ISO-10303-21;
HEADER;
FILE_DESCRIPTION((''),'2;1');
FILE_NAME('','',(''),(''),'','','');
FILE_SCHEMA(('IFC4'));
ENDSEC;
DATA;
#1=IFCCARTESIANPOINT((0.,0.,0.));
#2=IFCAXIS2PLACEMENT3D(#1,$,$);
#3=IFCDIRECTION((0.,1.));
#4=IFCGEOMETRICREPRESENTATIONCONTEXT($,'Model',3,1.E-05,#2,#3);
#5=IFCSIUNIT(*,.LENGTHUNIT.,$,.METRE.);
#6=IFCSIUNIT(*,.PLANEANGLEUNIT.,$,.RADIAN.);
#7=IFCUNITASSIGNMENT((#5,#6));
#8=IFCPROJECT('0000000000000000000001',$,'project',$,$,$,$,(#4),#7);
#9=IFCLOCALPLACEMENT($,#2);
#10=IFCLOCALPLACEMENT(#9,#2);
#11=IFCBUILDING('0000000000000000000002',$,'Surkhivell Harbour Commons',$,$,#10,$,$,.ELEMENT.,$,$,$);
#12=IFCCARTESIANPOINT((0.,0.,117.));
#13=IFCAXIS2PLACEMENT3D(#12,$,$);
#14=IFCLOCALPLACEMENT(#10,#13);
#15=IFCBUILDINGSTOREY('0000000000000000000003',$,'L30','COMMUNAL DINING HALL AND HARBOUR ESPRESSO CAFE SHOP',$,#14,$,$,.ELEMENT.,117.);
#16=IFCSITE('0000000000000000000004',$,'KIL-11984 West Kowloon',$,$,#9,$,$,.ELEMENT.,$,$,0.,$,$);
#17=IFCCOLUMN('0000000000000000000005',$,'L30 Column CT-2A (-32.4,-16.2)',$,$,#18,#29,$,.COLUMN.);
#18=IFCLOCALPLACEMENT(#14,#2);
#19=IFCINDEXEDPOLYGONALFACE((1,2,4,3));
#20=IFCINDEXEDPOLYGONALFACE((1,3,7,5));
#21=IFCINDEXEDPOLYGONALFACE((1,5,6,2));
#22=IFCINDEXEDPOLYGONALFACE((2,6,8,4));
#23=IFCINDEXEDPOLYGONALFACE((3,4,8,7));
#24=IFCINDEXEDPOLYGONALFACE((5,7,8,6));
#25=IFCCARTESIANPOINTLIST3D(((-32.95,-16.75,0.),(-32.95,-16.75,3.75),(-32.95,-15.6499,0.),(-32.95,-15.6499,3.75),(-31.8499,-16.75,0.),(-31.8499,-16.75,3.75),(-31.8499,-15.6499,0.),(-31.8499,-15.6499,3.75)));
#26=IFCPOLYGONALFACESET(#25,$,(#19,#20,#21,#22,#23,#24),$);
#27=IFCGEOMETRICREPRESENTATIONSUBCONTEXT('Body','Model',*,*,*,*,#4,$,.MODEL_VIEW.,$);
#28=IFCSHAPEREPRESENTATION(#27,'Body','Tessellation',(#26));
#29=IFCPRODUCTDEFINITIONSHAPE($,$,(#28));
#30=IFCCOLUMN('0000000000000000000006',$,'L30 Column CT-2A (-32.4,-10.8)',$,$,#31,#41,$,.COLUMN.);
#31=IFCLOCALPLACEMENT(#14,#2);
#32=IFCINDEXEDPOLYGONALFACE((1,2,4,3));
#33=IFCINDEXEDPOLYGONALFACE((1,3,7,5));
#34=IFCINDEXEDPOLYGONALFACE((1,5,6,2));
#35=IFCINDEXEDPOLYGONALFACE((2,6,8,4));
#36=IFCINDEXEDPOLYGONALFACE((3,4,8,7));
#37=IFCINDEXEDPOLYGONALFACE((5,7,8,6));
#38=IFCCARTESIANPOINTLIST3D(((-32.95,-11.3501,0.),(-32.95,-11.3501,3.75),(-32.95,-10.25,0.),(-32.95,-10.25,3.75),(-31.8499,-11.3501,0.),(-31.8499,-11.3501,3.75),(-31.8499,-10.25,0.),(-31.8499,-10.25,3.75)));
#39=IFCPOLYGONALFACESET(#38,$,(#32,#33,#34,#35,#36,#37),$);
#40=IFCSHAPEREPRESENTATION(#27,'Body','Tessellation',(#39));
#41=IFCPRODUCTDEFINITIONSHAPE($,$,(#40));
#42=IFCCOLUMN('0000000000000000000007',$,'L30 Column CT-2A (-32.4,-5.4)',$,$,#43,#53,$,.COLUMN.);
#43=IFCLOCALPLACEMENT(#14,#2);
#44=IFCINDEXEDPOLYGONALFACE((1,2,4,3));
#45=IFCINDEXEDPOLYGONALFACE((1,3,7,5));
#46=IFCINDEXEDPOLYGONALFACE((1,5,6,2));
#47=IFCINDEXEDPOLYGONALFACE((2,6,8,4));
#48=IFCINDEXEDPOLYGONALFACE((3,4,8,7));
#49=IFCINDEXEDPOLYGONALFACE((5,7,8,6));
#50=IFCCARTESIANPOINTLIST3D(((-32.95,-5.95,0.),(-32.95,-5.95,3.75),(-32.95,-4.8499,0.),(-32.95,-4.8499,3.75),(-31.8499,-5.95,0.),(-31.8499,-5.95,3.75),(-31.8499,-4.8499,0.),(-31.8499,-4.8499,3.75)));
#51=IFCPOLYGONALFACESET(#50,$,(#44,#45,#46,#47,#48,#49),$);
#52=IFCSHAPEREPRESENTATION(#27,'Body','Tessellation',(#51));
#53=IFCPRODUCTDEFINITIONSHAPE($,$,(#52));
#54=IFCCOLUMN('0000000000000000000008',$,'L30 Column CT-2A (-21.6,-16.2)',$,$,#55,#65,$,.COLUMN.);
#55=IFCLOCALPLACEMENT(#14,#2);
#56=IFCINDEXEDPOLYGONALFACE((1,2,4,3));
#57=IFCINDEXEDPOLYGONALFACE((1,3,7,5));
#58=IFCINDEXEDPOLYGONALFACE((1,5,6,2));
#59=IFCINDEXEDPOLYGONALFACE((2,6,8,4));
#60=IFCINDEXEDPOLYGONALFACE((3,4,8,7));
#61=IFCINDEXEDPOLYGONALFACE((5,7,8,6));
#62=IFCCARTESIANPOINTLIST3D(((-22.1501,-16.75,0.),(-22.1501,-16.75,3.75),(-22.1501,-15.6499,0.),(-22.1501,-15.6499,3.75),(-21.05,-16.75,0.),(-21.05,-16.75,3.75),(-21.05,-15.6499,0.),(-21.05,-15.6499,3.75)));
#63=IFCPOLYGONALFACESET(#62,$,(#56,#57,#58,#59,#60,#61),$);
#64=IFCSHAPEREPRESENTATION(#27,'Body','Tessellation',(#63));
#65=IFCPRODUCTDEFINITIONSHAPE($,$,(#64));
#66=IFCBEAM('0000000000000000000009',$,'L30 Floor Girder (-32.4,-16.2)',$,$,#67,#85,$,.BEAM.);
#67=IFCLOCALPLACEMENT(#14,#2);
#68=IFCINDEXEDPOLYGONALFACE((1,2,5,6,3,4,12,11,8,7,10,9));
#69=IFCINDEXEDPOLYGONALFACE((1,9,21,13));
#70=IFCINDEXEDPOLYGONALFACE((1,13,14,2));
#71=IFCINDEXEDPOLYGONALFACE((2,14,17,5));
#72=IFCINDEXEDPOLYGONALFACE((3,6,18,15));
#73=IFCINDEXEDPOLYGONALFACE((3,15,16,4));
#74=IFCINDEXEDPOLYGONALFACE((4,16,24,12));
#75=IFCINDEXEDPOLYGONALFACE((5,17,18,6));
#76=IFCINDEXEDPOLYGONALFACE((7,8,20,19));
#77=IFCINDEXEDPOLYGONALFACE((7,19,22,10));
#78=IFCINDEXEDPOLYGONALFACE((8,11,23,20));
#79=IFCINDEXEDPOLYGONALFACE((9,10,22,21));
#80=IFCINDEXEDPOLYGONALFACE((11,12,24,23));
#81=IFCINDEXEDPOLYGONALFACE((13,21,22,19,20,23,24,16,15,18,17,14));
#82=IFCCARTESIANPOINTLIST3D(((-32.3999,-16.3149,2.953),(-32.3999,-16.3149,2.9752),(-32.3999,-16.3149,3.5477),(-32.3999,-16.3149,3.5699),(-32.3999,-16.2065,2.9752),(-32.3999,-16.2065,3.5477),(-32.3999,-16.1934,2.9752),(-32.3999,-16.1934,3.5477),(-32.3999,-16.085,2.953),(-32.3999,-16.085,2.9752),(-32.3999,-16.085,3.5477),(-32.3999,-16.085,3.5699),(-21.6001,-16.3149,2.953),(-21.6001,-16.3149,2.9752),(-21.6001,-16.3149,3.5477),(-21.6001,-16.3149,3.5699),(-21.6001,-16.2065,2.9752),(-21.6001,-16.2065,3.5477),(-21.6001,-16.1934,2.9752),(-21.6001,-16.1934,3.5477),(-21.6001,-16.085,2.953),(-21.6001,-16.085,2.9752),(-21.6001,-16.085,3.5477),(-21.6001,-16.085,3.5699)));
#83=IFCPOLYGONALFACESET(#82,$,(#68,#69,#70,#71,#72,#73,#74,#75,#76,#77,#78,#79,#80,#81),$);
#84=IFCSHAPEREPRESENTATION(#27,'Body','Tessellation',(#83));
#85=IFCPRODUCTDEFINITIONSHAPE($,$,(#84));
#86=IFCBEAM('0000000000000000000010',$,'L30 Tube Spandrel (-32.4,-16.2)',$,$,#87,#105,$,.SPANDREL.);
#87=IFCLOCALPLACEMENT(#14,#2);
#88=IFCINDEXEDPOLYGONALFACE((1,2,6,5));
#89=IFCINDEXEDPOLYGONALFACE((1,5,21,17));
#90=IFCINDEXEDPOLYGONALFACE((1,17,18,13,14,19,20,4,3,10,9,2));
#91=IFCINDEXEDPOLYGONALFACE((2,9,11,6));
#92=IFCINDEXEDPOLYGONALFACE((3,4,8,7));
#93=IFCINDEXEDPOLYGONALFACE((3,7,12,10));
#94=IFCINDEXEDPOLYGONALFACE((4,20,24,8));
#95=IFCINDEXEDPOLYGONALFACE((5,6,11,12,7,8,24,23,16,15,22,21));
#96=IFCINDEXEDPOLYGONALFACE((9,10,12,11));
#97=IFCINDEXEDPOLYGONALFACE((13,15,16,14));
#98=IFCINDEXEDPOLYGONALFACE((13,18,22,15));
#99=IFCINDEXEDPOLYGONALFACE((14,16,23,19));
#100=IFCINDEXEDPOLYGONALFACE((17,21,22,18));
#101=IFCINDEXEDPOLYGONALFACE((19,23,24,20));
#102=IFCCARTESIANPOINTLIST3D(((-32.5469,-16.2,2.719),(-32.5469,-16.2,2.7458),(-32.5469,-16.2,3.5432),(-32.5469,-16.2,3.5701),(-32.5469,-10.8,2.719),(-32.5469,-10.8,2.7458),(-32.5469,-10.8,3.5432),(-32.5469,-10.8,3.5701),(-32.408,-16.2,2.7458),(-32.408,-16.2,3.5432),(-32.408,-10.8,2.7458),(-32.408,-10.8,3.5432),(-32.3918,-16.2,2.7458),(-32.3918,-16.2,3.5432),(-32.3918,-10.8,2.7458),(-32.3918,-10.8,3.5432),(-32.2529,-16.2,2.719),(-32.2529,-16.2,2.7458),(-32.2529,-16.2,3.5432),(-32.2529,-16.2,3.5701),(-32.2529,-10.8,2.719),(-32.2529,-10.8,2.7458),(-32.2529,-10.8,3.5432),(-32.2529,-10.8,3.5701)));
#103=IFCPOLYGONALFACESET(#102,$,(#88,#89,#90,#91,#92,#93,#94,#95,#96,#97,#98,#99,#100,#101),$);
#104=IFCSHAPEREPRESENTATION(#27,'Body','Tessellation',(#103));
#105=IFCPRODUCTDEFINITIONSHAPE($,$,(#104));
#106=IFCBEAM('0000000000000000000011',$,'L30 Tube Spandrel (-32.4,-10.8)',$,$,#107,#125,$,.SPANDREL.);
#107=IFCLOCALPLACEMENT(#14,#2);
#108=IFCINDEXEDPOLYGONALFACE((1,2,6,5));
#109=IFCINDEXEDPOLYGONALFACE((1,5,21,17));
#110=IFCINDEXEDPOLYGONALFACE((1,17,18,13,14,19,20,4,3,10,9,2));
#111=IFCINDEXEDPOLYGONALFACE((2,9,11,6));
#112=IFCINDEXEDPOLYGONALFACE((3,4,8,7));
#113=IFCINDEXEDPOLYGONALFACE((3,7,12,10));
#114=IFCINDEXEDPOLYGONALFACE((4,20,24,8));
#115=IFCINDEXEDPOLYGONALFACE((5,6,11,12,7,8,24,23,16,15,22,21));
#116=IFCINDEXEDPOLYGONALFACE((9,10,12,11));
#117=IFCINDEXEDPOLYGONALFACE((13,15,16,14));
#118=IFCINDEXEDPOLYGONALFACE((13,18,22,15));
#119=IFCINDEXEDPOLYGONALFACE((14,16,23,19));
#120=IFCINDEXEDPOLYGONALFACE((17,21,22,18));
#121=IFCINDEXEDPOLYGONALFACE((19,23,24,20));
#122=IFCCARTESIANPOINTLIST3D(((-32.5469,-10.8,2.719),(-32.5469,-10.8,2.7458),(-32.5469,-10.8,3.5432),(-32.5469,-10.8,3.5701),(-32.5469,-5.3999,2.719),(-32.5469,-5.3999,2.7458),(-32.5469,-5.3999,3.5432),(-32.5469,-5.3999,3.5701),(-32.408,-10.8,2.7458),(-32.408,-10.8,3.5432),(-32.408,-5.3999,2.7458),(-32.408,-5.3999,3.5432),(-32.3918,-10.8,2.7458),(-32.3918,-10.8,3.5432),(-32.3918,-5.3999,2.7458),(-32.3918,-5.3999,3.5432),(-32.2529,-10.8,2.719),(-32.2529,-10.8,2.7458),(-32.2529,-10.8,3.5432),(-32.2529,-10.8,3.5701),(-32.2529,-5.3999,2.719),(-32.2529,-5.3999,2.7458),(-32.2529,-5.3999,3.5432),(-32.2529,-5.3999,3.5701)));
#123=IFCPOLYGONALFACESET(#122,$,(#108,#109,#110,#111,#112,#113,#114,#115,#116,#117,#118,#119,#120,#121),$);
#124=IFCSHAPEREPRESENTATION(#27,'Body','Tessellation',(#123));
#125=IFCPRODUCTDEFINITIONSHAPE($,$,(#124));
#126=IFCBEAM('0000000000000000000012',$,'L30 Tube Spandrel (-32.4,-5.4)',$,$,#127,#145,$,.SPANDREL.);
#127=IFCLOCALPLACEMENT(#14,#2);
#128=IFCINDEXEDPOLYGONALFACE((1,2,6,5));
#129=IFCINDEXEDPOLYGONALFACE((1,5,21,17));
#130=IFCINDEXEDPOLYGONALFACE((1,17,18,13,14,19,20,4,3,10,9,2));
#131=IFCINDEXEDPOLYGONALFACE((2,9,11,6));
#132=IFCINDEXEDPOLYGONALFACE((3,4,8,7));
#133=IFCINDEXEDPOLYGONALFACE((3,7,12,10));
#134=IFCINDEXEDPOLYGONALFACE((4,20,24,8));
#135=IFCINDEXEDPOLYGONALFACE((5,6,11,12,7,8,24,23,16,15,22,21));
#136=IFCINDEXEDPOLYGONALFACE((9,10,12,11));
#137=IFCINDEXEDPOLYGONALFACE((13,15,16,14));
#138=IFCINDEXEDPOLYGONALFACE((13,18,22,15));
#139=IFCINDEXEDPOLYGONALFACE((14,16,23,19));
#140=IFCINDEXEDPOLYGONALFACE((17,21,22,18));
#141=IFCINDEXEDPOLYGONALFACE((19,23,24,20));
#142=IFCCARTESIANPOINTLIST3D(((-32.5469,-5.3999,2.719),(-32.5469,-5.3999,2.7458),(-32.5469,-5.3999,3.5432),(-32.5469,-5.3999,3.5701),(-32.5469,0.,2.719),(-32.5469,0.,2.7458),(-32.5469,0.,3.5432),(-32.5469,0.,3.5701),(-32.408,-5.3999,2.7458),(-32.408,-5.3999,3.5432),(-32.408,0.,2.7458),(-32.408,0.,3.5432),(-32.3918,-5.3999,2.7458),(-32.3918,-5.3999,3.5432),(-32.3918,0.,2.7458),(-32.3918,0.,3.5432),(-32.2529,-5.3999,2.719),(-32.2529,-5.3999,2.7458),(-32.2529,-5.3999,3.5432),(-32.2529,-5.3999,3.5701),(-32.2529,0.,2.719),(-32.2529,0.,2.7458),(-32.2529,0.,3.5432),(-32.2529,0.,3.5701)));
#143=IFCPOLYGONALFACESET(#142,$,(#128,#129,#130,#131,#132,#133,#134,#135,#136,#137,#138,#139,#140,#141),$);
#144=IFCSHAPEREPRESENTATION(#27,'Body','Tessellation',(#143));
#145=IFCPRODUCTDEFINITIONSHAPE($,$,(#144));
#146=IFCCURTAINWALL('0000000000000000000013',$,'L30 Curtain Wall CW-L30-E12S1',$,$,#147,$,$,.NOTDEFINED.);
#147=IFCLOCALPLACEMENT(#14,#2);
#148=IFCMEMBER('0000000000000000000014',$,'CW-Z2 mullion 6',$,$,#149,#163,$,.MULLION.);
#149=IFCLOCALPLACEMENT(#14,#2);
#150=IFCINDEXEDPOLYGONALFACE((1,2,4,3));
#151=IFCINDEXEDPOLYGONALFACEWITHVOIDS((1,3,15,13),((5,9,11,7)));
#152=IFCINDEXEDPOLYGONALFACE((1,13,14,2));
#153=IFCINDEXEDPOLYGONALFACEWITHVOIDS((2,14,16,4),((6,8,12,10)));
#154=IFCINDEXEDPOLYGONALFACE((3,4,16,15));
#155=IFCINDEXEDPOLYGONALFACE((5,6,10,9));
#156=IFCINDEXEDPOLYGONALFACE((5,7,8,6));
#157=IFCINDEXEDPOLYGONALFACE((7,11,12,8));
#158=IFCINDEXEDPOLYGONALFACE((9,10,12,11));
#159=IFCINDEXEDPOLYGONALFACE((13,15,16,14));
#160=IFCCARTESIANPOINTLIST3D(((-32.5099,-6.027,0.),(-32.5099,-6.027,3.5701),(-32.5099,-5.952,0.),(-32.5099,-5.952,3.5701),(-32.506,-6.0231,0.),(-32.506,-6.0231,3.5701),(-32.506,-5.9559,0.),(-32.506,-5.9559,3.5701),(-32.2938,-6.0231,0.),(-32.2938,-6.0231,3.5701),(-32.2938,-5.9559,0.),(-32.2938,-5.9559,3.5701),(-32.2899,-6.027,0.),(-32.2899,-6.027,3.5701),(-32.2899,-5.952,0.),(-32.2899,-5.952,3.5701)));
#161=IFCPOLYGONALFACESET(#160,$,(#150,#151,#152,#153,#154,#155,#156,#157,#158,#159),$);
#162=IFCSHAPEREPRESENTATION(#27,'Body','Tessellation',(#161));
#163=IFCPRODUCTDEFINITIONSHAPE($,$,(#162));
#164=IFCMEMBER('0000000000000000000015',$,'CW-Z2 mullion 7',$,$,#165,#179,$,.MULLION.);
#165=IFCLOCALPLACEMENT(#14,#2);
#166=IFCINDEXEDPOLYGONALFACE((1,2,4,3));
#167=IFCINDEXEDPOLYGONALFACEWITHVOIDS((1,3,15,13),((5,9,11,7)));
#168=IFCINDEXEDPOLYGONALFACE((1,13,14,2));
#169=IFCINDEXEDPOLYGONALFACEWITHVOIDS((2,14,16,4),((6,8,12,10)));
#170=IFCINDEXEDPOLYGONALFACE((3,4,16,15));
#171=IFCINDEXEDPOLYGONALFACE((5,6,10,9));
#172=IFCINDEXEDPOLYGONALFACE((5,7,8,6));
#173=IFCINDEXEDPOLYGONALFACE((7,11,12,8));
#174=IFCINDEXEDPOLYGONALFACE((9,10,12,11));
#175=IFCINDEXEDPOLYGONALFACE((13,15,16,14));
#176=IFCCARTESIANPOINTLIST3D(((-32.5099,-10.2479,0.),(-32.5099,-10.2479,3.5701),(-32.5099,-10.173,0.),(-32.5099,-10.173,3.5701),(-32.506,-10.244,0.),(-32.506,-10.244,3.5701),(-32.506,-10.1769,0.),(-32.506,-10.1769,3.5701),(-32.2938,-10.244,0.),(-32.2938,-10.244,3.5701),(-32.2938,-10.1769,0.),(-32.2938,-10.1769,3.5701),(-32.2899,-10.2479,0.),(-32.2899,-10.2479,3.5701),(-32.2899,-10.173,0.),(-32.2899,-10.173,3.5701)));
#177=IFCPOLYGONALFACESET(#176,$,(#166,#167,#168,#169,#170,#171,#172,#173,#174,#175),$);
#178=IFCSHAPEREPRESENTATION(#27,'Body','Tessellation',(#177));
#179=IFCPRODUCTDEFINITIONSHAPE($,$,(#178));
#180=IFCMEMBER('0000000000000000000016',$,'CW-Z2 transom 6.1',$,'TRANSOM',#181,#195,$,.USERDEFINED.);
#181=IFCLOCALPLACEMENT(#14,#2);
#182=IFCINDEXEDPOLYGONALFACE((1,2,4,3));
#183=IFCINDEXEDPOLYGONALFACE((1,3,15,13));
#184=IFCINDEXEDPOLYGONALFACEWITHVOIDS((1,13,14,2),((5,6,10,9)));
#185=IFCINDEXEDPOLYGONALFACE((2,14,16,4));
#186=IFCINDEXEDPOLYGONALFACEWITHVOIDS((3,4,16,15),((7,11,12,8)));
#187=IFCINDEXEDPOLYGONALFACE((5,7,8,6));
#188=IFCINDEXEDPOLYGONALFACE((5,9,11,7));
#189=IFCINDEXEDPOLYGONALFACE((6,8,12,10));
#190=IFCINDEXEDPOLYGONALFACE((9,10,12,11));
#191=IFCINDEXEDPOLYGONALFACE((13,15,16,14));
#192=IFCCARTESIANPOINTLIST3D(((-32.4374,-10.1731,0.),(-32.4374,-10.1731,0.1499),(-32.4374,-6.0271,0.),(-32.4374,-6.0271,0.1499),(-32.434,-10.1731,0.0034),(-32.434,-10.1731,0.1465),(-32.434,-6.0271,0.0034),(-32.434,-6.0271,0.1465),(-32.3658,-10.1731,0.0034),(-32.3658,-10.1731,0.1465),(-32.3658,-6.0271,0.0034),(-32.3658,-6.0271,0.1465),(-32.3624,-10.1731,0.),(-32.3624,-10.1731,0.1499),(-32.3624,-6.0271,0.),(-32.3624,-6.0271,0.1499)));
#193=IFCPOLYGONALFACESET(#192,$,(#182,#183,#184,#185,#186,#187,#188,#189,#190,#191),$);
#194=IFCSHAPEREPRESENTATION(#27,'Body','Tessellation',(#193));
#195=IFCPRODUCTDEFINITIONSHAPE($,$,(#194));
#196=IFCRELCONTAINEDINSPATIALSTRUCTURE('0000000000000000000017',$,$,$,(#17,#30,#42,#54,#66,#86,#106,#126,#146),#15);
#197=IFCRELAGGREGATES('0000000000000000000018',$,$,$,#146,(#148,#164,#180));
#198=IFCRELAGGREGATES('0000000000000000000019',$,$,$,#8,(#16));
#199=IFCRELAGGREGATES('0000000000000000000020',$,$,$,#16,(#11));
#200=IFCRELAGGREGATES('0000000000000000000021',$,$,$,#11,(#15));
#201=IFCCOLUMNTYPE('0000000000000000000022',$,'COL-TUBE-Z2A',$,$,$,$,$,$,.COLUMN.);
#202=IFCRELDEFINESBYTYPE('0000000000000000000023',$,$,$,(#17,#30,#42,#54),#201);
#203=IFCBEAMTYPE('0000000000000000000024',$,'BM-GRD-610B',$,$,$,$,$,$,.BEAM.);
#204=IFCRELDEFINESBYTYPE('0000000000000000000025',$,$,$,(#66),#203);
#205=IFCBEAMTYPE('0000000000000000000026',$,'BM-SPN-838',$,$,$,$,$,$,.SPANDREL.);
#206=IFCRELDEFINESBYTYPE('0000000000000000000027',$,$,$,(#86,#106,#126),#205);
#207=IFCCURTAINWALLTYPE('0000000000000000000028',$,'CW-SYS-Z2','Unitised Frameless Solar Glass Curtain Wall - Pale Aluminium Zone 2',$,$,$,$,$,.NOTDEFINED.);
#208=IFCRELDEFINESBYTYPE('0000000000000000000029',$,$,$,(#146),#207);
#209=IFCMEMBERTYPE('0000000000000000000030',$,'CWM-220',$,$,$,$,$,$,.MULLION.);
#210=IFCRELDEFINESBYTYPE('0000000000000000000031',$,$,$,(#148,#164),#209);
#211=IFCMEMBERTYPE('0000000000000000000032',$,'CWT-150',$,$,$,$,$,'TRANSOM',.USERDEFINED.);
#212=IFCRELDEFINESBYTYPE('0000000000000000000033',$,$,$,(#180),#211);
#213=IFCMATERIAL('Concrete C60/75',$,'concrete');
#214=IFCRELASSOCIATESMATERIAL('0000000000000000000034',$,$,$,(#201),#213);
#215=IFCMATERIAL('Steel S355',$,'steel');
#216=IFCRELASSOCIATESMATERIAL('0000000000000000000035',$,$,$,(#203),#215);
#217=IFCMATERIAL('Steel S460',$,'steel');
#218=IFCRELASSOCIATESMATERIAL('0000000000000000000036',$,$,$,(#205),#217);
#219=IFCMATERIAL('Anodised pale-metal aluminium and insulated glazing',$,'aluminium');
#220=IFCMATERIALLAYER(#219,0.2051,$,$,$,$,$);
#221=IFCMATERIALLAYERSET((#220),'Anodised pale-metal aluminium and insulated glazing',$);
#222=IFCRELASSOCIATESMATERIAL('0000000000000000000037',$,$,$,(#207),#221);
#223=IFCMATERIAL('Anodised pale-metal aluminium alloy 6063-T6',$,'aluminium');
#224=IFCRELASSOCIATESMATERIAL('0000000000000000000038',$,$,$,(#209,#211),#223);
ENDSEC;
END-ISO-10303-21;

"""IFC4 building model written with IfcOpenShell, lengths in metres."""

from ifc_helpers import new_model, si_unit, direction, frame, origin, origin_2d, place, context, subcontext, project, spatial, rectangle, hollow_rectangle, i_section, extrude, material, layer, layer_set, material_profile, profile_set, type_object, element, aggregate, save


model = new_model("IFC4")

# Units and contexts
model_context = context("Model", 3, precision=1e-05, world=origin(), true_north=direction((0.0, 1.0)))
body_context = subcontext(model_context, "Body", "Model", "MODEL_VIEW")
ifc_project = project(units=[si_unit("LENGTHUNIT", "METRE"), si_unit("PLANEANGLEUNIT", "RADIAN")], contexts=[model_context])

# Site, building, storey
site_placement = place(None, origin())
site = spatial("IfcSite", under=ifc_project, at=site_placement, Name="KIL-11984 West Kowloon", CompositionType="ELEMENT", RefElevation=0.0)
building_placement = place(site_placement, origin())
building = spatial("IfcBuilding", under=site, at=building_placement, Name="Surkhivell Harbour Commons", CompositionType="ELEMENT")
storey_placement = place(building_placement, frame((0.0, 0.0, 117.0)))
storey = spatial("IfcBuildingStorey", under=building, at=storey_placement, Name="L30", Description="COMMUNAL DINING HALL AND HARBOUR ESPRESSO CAFE SHOP", CompositionType="ELEMENT", Elevation=117.0)

# Columns
ifc_material_1 = material(Name="Concrete C60/75", Category="concrete")
ifc_material_profile_1 = material_profile(ifc_material_1, rectangle(XDim=1.1001, YDim=1.1001, at=origin_2d()), Name="RC-COL-1100x1100")
ifc_profile_set_1 = profile_set([ifc_material_profile_1], Name="Concrete C60/75")
column_type = type_object("IfcColumnType", Name="COL-TUBE-Z2A", PredefinedType="COLUMN", material=ifc_profile_set_1)
for number, where, z_axis, x_axis, name in (
    (1, (-32.3999, -16.2, 0.0), (0.0, 0.0, 1.0), (1.0, 0.0, 0.0), "L30 Column CT-2A (-32.4,-16.2)"),
    (2, (-32.3999, -10.8, 0.0), (0.0, 0.0, 1.0), (1.0, 0.0, 0.0), "L30 Column CT-2A (-32.4,-10.8)"),
    (3, (-32.3999, -5.3999, 0.0), (0.0, 0.0, 1.0), (1.0, 0.0, 0.0), "L30 Column CT-2A (-32.4,-5.4)"),
    (4, (-21.6001, -16.2, 0.0), (0.0, 0.0, 1.0), (1.0, 0.0, 0.0), "L30 Column CT-2A (-21.6,-16.2)"),
):
    element("IfcColumn", number, at=place(storey_placement, frame(where, z_axis=z_axis, x_axis=x_axis)), inside=storey, type_object=column_type, Name=name, PredefinedType="COLUMN", context=body_context, shape_type="SweptSolid", body=[
        extrude(rectangle(XDim=1.1001, YDim=1.1001, at=origin_2d()), origin(), (0.0, 0.0, 1.0), 3.75),
    ])

# Beams
ifc_material_2 = material(Name="Steel S355", Category="steel")
ifc_material_profile_2 = material_profile(ifc_material_2, i_section(OverallWidth=0.23, OverallDepth=0.6169, WebThickness=0.0132, FlangeThickness=0.0222, at=origin_2d()), Name="UB610x229x140")
ifc_profile_set_2 = profile_set([ifc_material_profile_2], Name="Steel S355")
beam_type_1 = type_object("IfcBeamType", Name="BM-GRD-610B", PredefinedType="BEAM", material=ifc_profile_set_2)
beam_1_placement = place(storey_placement, frame((-32.3999, -16.2, 3.2615), z_axis=(1.0, 0.0, 0.0), x_axis=(0.0, 1.0, 0.0)))
element("IfcBeam", 5, at=beam_1_placement, inside=storey, type_object=beam_type_1, Name="L30 Floor Girder (-32.4,-16.2)", PredefinedType="BEAM", context=body_context, shape_type="SweptSolid", body=[
    extrude(i_section(OverallWidth=0.23, OverallDepth=0.6169, WebThickness=0.0132, FlangeThickness=0.0222, at=origin_2d()), origin(), (0.0, 0.0, 1.0), 10.7998),
])
ifc_material_3 = material(Name="Steel S460", Category="steel")
ifc_material_profile_3 = material_profile(ifc_material_3, i_section(OverallWidth=0.2939, OverallDepth=0.8511, WebThickness=0.0161, FlangeThickness=0.0269, at=origin_2d()), Name="UB838x292x226")
ifc_profile_set_3 = profile_set([ifc_material_profile_3], Name="Steel S460")
beam_type_2 = type_object("IfcBeamType", Name="BM-SPN-838", PredefinedType="SPANDREL", material=ifc_profile_set_3)
beam_2_placement = place(storey_placement, frame((-32.3999, -16.2, 3.1445), z_axis=(0.0, 1.0, 0.0), x_axis=(-1.0, 0.0, 0.0)))
element("IfcBeam", 6, at=beam_2_placement, inside=storey, type_object=beam_type_2, Name="L30 Tube Spandrel (-32.4,-16.2)", PredefinedType="SPANDREL", context=body_context, shape_type="SweptSolid", body=[
    extrude(i_section(OverallWidth=0.2939, OverallDepth=0.8511, WebThickness=0.0161, FlangeThickness=0.0269, at=origin_2d()), origin(), (0.0, 0.0, 1.0), 5.3999),
])
beam_3_placement = place(storey_placement, frame((-32.3999, -10.8, 3.1445), z_axis=(0.0, 1.0, 0.0), x_axis=(-1.0, 0.0, 0.0)))
element("IfcBeam", 7, at=beam_3_placement, inside=storey, type_object=beam_type_2, Name="L30 Tube Spandrel (-32.4,-10.8)", PredefinedType="SPANDREL", context=body_context, shape_type="SweptSolid", body=[
    extrude(i_section(OverallWidth=0.2939, OverallDepth=0.8511, WebThickness=0.0161, FlangeThickness=0.0269, at=origin_2d()), origin(), (0.0, 0.0, 1.0), 5.4001),
])
beam_4_placement = place(storey_placement, frame((-32.3999, -5.3999, 3.1445), z_axis=(0.0, 1.0, 0.0), x_axis=(-1.0, 0.0, 0.0)))
element("IfcBeam", 8, at=beam_4_placement, inside=storey, type_object=beam_type_2, Name="L30 Tube Spandrel (-32.4,-5.4)", PredefinedType="SPANDREL", context=body_context, shape_type="SweptSolid", body=[
    extrude(i_section(OverallWidth=0.2939, OverallDepth=0.8511, WebThickness=0.0161, FlangeThickness=0.0269, at=origin_2d()), origin(), (0.0, 0.0, 1.0), 5.3999),
])

# Curtain wall, members
ifc_material_4 = material(Name="Anodised pale-metal aluminium and insulated glazing", Category="aluminium")
ifc_layer_1 = layer(ifc_material_4, 0.2051)
ifc_layer_set_1 = layer_set([ifc_layer_1], Name="Anodised pale-metal aluminium and insulated glazing")
curtain_wall_type = type_object("IfcCurtainWallType", Name="CW-SYS-Z2", Description="Unitised Frameless Solar Glass Curtain Wall - Pale Aluminium Zone 2", PredefinedType="NOTDEFINED", material=ifc_layer_set_1)
curtain_wall_placement = place(storey_placement, origin())
curtain_wall = element("IfcCurtainWall", 9, at=curtain_wall_placement, inside=storey, type_object=curtain_wall_type, Name="L30 Curtain Wall CW-L30-E12S1", PredefinedType="NOTDEFINED")
ifc_material_5 = material(Name="Anodised pale-metal aluminium alloy 6063-T6", Category="aluminium")
ifc_material_profile_4 = material_profile(ifc_material_5, hollow_rectangle(XDim=0.075, YDim=0.22, WallThickness=0.0039, at=origin_2d()), Name="ALU-MULL-75x220")
ifc_profile_set_4 = profile_set([ifc_material_profile_4], Name="Anodised pale-metal aluminium alloy 6063-T6")
member_type_1 = type_object("IfcMemberType", Name="CWM-220", PredefinedType="MULLION", material=ifc_profile_set_4)
member_1_placement = place(storey_placement, frame((-32.3999, -5.9895, 0.0), z_axis=(0.0, 0.0, 1.0), x_axis=(0.0, -1.0, 0.0)))
member_1 = element("IfcMember", 10, at=member_1_placement, type_object=member_type_1, Name="CW-Z2 mullion 6", PredefinedType="MULLION", context=body_context, shape_type="SweptSolid", body=[
    extrude(hollow_rectangle(XDim=0.075, YDim=0.22, WallThickness=0.0039, at=origin_2d()), origin(), (0.0, 0.0, 1.0), 3.5701),
])
member_2_placement = place(storey_placement, frame((-32.3999, -10.2104, 0.0), z_axis=(0.0, 0.0, 1.0), x_axis=(0.0, -1.0, 0.0)))
member_2 = element("IfcMember", 11, at=member_2_placement, type_object=member_type_1, Name="CW-Z2 mullion 7", PredefinedType="MULLION", context=body_context, shape_type="SweptSolid", body=[
    extrude(hollow_rectangle(XDim=0.075, YDim=0.22, WallThickness=0.0039, at=origin_2d()), origin(), (0.0, 0.0, 1.0), 3.5701),
])
ifc_material_profile_5 = material_profile(ifc_material_5, hollow_rectangle(XDim=0.075, YDim=0.1499, WallThickness=0.0034, at=origin_2d()), Name="ALU-TRAN-75x150")
ifc_profile_set_5 = profile_set([ifc_material_profile_5], Name="Anodised pale-metal aluminium alloy 6063-T6")
member_type_2 = type_object("IfcMemberType", Name="CWT-150", ElementType="TRANSOM", PredefinedType="USERDEFINED", material=ifc_profile_set_5)
member_3_placement = place(storey_placement, frame((-32.3999, -6.0271, 0.075), z_axis=(0.0, -1.0, 0.0), x_axis=(1.0, 0.0, 0.0)))
member_3 = element("IfcMember", 12, at=member_3_placement, type_object=member_type_2, Name="CW-Z2 transom 6.1", ObjectType="TRANSOM", PredefinedType="USERDEFINED", context=body_context, shape_type="SweptSolid", body=[
    extrude(hollow_rectangle(XDim=0.075, YDim=0.1499, WallThickness=0.0034, at=origin_2d()), origin(), (0.0, 0.0, 1.0), 4.146),
])

aggregate(curtain_wall, [member_1, member_2, member_3])

save(model, "model.ifc")
